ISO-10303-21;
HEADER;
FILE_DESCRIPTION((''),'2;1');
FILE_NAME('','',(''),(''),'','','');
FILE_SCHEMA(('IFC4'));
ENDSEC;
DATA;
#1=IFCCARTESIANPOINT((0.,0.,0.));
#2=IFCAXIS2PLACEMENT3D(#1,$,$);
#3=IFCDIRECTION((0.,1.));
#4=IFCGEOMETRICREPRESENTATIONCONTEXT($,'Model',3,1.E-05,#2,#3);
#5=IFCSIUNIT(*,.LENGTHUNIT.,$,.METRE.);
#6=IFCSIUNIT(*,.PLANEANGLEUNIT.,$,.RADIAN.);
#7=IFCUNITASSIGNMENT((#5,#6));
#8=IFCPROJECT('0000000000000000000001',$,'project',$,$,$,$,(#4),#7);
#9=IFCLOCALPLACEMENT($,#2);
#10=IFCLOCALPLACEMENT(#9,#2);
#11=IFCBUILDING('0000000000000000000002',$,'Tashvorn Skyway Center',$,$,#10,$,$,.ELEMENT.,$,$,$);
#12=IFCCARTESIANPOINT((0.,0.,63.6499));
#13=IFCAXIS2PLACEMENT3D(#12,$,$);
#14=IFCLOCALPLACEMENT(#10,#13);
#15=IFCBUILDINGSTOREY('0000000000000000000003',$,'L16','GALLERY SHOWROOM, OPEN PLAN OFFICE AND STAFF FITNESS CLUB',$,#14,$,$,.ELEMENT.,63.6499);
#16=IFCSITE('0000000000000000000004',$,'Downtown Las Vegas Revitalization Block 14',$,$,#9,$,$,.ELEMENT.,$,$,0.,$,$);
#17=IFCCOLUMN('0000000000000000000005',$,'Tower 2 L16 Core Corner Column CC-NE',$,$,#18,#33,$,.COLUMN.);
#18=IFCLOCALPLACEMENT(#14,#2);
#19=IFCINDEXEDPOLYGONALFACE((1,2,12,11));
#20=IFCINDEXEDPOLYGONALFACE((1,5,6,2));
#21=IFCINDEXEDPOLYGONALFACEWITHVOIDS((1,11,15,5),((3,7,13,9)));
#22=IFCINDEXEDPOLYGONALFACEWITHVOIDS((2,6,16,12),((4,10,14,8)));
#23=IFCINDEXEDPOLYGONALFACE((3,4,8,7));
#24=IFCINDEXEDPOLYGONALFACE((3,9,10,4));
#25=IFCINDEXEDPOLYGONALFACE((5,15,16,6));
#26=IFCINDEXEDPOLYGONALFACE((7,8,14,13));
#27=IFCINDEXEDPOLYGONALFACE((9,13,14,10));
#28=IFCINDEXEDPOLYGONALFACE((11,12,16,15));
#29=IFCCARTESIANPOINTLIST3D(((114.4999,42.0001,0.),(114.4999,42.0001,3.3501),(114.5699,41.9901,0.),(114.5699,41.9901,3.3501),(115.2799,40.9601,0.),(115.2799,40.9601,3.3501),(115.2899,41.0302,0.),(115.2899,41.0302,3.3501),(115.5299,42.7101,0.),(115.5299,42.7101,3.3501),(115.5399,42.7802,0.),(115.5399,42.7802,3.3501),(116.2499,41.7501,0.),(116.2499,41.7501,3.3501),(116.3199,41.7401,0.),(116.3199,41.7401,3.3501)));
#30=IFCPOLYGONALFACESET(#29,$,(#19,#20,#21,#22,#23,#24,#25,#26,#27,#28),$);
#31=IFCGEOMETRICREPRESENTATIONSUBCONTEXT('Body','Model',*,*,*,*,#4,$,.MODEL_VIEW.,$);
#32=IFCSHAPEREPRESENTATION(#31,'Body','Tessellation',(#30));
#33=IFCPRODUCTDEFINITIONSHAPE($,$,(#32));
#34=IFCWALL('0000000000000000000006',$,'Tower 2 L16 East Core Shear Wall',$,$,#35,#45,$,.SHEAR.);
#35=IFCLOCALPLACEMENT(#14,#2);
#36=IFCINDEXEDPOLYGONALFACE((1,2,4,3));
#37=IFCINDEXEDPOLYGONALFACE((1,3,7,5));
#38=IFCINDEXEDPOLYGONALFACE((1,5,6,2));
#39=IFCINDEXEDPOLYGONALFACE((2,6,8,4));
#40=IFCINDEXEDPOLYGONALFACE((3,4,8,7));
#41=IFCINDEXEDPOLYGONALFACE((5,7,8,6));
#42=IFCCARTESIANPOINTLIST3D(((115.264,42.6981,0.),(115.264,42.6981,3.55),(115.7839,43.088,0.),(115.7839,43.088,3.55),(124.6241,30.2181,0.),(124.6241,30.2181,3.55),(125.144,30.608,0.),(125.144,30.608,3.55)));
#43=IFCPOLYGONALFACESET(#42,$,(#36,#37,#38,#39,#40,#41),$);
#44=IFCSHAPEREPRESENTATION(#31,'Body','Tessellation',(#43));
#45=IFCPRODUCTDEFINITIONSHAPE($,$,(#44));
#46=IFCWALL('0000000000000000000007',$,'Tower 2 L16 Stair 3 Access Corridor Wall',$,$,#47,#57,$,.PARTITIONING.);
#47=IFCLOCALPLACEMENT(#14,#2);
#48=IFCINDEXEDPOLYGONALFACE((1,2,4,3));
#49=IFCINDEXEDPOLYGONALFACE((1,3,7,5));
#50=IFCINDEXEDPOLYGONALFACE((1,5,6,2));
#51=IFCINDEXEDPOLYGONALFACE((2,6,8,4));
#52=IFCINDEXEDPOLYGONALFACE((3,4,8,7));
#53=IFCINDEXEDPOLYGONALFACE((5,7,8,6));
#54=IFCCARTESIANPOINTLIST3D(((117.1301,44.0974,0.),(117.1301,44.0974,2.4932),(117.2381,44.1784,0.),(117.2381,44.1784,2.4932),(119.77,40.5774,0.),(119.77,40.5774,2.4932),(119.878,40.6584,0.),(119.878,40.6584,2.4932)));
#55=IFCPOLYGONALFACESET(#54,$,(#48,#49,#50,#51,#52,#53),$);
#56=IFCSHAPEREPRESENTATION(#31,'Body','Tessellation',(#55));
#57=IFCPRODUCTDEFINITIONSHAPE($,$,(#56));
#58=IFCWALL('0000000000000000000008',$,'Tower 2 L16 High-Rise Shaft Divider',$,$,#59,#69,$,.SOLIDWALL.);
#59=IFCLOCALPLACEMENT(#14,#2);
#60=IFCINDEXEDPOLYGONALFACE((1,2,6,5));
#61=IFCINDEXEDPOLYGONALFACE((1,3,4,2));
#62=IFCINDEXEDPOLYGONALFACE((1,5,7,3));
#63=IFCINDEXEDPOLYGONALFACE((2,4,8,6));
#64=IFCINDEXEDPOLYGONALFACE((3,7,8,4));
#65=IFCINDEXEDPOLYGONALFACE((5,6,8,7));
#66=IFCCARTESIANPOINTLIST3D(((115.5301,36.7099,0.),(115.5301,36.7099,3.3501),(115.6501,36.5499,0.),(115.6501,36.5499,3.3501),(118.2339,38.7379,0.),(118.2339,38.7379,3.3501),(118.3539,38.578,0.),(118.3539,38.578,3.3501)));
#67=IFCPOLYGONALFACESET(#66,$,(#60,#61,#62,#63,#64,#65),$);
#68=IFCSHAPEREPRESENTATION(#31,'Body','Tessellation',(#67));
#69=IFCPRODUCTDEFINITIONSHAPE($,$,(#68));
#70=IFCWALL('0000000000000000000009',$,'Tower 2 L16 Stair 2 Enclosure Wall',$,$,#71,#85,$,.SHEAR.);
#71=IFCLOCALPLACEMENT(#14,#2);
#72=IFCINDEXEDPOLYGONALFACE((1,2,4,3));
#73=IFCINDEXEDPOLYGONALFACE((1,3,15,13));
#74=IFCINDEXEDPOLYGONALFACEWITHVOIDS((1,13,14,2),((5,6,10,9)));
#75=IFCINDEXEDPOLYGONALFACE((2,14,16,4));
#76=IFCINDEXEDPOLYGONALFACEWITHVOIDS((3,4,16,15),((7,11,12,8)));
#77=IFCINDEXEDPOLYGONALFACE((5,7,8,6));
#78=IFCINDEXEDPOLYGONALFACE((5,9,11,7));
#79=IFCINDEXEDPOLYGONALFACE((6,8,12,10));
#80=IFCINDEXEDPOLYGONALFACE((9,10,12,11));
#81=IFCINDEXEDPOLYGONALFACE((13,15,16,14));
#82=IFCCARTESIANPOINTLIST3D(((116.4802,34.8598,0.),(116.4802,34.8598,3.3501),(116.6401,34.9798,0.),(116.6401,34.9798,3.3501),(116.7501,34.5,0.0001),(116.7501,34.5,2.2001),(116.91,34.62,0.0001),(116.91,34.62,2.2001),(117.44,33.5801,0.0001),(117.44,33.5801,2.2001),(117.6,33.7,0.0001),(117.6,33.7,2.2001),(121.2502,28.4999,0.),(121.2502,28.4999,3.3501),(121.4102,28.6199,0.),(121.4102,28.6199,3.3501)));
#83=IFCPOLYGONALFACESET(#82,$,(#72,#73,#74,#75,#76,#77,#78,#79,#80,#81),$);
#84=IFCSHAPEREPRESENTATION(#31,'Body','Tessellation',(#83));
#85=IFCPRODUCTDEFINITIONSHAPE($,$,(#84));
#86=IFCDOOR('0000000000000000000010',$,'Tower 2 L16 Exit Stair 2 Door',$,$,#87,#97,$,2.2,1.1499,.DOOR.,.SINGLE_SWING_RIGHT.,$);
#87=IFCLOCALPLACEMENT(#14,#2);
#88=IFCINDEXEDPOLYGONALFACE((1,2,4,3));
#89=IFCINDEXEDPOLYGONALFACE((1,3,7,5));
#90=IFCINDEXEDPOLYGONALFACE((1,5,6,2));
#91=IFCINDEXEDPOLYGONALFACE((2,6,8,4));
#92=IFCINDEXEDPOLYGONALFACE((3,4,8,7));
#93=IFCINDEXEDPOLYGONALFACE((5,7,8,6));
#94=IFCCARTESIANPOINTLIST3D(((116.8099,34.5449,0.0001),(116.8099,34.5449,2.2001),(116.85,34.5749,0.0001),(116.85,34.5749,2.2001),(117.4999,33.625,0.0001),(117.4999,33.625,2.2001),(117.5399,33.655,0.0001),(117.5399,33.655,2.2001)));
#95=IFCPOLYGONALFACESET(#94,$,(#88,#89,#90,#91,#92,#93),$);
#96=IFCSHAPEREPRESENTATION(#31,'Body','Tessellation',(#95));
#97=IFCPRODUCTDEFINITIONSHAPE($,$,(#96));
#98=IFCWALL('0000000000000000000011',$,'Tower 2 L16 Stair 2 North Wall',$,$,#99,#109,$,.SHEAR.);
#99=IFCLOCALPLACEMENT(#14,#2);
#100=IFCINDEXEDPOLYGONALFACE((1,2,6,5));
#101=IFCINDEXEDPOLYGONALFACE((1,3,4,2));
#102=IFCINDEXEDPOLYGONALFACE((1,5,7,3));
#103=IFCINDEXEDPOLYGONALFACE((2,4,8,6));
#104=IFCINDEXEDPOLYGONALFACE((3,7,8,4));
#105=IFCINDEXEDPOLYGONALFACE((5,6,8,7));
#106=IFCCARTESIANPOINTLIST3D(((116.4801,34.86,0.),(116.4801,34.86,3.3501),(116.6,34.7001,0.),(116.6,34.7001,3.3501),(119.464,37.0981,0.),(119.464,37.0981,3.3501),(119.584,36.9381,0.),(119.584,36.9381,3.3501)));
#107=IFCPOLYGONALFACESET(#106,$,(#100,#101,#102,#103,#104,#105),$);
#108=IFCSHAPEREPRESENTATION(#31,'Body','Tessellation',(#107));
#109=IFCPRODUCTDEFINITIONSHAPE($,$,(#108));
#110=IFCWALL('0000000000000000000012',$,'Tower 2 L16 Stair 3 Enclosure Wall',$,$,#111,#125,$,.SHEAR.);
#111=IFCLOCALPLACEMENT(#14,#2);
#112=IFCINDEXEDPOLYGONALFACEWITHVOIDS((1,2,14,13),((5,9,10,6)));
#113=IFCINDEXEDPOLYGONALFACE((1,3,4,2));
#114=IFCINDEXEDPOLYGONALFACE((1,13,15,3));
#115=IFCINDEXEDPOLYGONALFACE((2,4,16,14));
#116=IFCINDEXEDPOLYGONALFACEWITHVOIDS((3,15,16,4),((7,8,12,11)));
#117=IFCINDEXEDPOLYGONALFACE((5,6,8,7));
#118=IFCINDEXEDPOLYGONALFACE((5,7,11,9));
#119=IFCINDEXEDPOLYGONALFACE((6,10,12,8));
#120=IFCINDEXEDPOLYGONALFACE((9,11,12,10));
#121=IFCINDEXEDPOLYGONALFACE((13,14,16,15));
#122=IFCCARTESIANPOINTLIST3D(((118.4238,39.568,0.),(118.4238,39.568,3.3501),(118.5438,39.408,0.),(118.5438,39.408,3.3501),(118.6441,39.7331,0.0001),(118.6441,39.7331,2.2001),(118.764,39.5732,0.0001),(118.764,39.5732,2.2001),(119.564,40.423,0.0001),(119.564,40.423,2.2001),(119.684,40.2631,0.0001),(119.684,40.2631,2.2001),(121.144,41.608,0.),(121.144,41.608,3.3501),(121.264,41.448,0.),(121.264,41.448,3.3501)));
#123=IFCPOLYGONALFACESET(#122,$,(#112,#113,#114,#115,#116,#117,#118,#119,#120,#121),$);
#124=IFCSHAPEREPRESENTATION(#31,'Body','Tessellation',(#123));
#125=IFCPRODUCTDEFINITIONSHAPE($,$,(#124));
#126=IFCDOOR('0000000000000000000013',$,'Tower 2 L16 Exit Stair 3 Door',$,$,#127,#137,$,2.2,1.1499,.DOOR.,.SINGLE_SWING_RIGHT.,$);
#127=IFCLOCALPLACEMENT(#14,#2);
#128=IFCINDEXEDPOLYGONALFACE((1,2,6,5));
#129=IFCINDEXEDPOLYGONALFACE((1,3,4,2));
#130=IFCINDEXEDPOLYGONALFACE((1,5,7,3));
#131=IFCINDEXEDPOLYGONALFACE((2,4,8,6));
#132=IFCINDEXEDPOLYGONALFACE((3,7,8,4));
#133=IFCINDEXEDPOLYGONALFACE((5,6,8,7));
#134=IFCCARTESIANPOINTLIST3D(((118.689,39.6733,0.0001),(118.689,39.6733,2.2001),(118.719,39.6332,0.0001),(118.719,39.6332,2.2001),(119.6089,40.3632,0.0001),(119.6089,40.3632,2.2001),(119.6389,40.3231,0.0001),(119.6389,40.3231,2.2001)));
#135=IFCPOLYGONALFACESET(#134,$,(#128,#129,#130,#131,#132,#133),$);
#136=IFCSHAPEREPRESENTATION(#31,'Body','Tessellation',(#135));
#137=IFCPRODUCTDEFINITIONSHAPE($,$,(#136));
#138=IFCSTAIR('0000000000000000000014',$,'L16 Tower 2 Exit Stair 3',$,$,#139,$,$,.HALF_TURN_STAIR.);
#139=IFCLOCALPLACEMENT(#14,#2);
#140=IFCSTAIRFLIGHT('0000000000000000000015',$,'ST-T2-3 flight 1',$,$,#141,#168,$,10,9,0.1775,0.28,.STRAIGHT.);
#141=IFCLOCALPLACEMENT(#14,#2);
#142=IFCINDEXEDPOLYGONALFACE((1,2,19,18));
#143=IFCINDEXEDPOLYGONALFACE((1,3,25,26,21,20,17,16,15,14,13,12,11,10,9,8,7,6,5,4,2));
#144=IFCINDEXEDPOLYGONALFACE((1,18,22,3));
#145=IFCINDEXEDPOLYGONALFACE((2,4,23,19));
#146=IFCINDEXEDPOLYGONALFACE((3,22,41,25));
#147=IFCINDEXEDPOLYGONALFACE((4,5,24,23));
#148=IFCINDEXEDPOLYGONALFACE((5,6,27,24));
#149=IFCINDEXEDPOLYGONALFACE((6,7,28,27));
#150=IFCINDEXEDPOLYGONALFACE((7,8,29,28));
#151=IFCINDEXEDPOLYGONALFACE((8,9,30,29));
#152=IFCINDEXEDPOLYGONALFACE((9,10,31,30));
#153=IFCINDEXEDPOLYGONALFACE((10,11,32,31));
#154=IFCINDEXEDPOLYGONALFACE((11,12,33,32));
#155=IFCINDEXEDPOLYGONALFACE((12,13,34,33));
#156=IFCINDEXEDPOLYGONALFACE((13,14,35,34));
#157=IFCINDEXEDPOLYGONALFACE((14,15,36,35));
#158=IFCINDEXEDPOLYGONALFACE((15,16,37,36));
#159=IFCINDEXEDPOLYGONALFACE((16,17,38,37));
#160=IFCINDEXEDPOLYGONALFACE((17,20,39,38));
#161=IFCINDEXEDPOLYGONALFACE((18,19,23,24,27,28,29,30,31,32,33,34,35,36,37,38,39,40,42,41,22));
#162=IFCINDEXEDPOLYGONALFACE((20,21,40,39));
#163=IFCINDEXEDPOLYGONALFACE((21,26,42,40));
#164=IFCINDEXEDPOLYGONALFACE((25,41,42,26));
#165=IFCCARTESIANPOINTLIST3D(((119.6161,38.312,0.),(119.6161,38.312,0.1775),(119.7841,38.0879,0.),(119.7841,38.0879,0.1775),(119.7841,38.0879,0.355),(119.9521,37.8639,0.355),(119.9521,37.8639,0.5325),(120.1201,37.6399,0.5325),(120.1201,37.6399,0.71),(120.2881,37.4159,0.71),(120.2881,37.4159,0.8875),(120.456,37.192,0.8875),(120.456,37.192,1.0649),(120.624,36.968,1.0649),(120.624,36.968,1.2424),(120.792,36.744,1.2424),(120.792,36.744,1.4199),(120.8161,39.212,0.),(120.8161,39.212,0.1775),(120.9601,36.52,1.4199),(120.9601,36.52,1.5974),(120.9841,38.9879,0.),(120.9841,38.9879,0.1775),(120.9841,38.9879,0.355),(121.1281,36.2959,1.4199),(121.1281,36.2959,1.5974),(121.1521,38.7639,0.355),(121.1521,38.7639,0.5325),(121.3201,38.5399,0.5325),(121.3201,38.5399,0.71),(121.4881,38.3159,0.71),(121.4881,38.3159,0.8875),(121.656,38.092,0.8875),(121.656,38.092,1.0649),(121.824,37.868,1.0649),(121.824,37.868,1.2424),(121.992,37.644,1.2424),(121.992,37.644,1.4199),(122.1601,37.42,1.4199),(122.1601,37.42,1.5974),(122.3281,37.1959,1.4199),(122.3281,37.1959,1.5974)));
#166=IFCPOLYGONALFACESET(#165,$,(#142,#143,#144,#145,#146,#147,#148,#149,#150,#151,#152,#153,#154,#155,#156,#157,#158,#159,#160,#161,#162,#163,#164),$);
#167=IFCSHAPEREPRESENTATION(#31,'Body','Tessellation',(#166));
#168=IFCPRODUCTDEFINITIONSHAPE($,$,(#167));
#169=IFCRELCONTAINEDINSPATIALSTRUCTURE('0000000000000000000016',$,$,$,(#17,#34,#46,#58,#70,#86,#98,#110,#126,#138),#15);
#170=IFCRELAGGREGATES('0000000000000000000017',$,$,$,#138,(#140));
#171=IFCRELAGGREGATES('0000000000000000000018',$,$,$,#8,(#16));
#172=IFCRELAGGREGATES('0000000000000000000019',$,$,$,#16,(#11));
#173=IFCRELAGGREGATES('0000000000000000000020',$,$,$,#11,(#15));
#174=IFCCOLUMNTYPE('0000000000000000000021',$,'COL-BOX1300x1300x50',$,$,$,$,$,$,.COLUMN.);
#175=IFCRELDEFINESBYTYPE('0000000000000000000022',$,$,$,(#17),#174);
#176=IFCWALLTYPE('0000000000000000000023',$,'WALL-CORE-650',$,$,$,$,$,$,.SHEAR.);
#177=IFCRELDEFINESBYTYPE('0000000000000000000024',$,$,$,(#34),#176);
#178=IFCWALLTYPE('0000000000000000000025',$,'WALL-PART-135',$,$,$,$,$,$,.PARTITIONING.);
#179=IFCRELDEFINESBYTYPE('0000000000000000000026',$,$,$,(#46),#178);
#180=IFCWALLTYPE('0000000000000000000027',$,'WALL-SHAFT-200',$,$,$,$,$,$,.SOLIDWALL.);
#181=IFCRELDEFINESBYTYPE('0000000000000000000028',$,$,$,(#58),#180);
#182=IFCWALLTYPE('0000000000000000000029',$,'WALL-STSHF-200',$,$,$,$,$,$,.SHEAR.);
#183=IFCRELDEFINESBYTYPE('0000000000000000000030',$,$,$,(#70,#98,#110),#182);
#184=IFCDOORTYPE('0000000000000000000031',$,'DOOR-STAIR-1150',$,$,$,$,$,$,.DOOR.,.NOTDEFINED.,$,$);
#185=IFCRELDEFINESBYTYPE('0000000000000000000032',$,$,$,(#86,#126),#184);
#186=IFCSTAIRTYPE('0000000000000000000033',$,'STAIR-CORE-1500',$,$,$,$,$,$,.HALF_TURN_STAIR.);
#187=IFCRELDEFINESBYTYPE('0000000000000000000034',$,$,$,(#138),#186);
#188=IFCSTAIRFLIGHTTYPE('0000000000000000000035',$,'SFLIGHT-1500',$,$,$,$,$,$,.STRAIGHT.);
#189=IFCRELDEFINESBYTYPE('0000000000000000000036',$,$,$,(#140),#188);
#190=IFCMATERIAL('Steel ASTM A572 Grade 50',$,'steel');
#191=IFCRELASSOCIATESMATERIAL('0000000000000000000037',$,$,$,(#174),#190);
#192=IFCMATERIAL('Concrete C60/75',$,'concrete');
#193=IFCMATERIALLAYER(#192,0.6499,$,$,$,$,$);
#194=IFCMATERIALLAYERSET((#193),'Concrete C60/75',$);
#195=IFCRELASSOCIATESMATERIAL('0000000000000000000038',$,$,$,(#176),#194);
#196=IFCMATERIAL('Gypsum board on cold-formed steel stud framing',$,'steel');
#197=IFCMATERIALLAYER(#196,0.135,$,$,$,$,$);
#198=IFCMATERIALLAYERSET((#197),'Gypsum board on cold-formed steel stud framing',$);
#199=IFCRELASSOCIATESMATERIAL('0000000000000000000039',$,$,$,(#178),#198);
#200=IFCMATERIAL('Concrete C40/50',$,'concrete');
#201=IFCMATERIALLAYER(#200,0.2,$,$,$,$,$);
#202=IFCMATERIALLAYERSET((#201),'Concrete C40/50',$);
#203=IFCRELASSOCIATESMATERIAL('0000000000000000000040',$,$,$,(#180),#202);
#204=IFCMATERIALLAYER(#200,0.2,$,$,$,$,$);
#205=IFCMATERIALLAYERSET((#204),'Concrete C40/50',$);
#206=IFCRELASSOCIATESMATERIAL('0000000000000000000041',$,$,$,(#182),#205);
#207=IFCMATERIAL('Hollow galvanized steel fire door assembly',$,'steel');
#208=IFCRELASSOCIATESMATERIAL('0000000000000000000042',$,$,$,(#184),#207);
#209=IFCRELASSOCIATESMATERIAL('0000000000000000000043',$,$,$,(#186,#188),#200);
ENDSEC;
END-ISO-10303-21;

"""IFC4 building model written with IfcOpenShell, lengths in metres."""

from ifc_helpers import new_model, si_unit, direction, frame, frame_2d, origin, origin_2d, place, context, subcontext, project, spatial, polyline, rectangle, hollow_rectangle, outline, extrude, material, layer, layer_set, material_profile, profile_set, type_object, element, fill, aggregate, save


model = new_model("IFC4")

# Units and contexts
model_context = context("Model", 3, precision=1e-05, world=origin(), true_north=direction((0.0, 1.0)))
body_context = subcontext(model_context, "Body", "Model", "MODEL_VIEW")
ifc_project = project(units=[si_unit("LENGTHUNIT", "METRE"), si_unit("PLANEANGLEUNIT", "RADIAN")], contexts=[model_context])

# Site, building, storey
site_placement = place(None, origin())
site = spatial("IfcSite", under=ifc_project, at=site_placement, Name="Downtown Las Vegas Revitalization Block 14", CompositionType="ELEMENT", RefElevation=0.0)
building_placement = place(site_placement, origin())
building = spatial("IfcBuilding", under=site, at=building_placement, Name="Tashvorn Skyway Center", CompositionType="ELEMENT")
storey_placement = place(building_placement, frame((0.0, 0.0, 63.6499)))
storey = spatial("IfcBuildingStorey", under=building, at=storey_placement, Name="L16", Description="GALLERY SHOWROOM, OPEN PLAN OFFICE AND STAFF FITNESS CLUB", CompositionType="ELEMENT", Elevation=63.6499)

# Column
ifc_material_1 = material(Name="Steel ASTM A572 Grade 50", Category="steel")
ifc_material_profile = material_profile(ifc_material_1, hollow_rectangle(XDim=1.3, YDim=1.3, WallThickness=0.05, at=origin_2d()), Name="BOX1300x1300x50")
ifc_profile_set = profile_set([ifc_material_profile], Name="Steel ASTM A572 Grade 50")
column_type = type_object("IfcColumnType", Name="COL-BOX1300x1300x50", PredefinedType="COLUMN", material=ifc_profile_set)
column_placement = place(storey_placement, frame((115.4099, 41.8701, 0.0), z_axis=(0.0, 0.0, 1.0), x_axis=(0.8, 0.6, 0.0)))
element("IfcColumn", 1, at=column_placement, inside=storey, type_object=column_type, Name="Tower 2 L16 Core Corner Column CC-NE", PredefinedType="COLUMN", context=body_context, shape_type="SweptSolid", body=[
    extrude(hollow_rectangle(XDim=1.3, YDim=1.3, WallThickness=0.05, at=origin_2d()), origin(), (0.0, 0.0, 1.0), 3.3501),
])

# Walls
ifc_material_2 = material(Name="Concrete C60/75", Category="concrete")
ifc_layer_1 = layer(ifc_material_2, 0.6499)
ifc_layer_set_1 = layer_set([ifc_layer_1], Name="Concrete C60/75")
wall_type_1 = type_object("IfcWallType", Name="WALL-CORE-650", PredefinedType="SHEAR", material=ifc_layer_set_1)
wall_1_placement = place(storey_placement, frame((115.5239, 42.8931, 0.0), z_axis=(0.0, 0.0, 1.0), x_axis=(0.600005, -0.799996, 0.0)))
element("IfcWall", 2, at=wall_1_placement, inside=storey, type_object=wall_type_1, Name="Tower 2 L16 East Core Shear Wall", PredefinedType="SHEAR", context=body_context, shape_type="SweptSolid", body=[
    extrude(rectangle(XDim=15.6001, YDim=0.6499, at=frame_2d((7.8, 0.0))), origin(), (0.0, 0.0, 1.0), 3.55),
])
ifc_material_3 = material(Name="Gypsum board on cold-formed steel stud framing", Category="steel")
ifc_layer_2 = layer(ifc_material_3, 0.135)
ifc_layer_set_2 = layer_set([ifc_layer_2], Name="Gypsum board on cold-formed steel stud framing")
wall_type_2 = type_object("IfcWallType", Name="WALL-PART-135", PredefinedType="PARTITIONING", material=ifc_layer_set_2)
wall_2_placement = place(storey_placement, frame((119.824, 40.6179, 0.0), z_axis=(0.0, 0.0, 1.0), x_axis=(-0.599982, 0.800013, 0.0)))
element("IfcWall", 3, at=wall_2_placement, inside=storey, type_object=wall_type_2, Name="Tower 2 L16 Stair 3 Access Corridor Wall", PredefinedType="PARTITIONING", context=body_context, shape_type="SweptSolid", body=[
    extrude(rectangle(XDim=4.3999, YDim=0.135, at=frame_2d((2.2, 0.0))), origin(), (0.0, 0.0, 1.0), 2.4932),
])
ifc_material_4 = material(Name="Concrete C40/50", Category="concrete")
ifc_layer_3 = layer(ifc_material_4, 0.2)
ifc_layer_set_3 = layer_set([ifc_layer_3], Name="Concrete C40/50")
wall_type_3 = type_object("IfcWallType", Name="WALL-SHAFT-200", PredefinedType="SOLIDWALL", material=ifc_layer_set_3)
wall_3_placement = place(storey_placement, frame((115.5901, 36.6299, 0.0), z_axis=(0.0, 0.0, 1.0), x_axis=(0.799974, 0.600035, 0.0)))
element("IfcWall", 4, at=wall_3_placement, inside=storey, type_object=wall_type_3, Name="Tower 2 L16 High-Rise Shaft Divider", PredefinedType="SOLIDWALL", context=body_context, shape_type="SweptSolid", body=[
    extrude(rectangle(XDim=3.3799, YDim=0.2, at=frame_2d((1.6899, 0.0))), origin(), (0.0, 0.0, 1.0), 3.3501),
])

# Wall, opening, door
ifc_layer_4 = layer(ifc_material_4, 0.2)
ifc_layer_set_4 = layer_set([ifc_layer_4], Name="Concrete C40/50")
wall_type_4 = type_object("IfcWallType", Name="WALL-STSHF-200", PredefinedType="SHEAR", material=ifc_layer_set_4)
wall_4_placement = place(storey_placement, frame((116.5601, 34.9199, 0.0), z_axis=(0.0, 0.0, 1.0), x_axis=(0.60001, -0.799993, 0.0)))
wall_4 = element("IfcWall", 5, at=wall_4_placement, inside=storey, type_object=wall_type_4, Name="Tower 2 L16 Stair 2 Enclosure Wall", PredefinedType="SHEAR", context=body_context, shape_type="SweptSolid", body=[
    extrude(rectangle(XDim=7.95, YDim=0.2, at=frame_2d((3.9751, 0.0))), origin(), (0.0, 0.0, 1.0), 3.3501),
])
opening_1_placement = place(wall_4_placement, frame((0.45, 0.0, 0.0)))
opening_1 = element("IfcOpeningElement", 6, at=opening_1_placement, cuts=wall_4, PredefinedType="OPENING", context=body_context, shape_type="SweptSolid", body=[
    extrude(rectangle(XDim=1.1499, YDim=2.2, at=frame_2d((0.575, 1.1001))), frame((0.0, 0.1099, 0.0), z_axis=(0.0, -1.0, 0.0), x_axis=(1.0, 0.0, 0.0)), (0.0, 0.0, 1.0), 0.22),
])
ifc_material_5 = material(Name="Hollow galvanized steel fire door assembly", Category="steel")
door_type = type_object("IfcDoorType", Name="DOOR-STAIR-1150", OperationType="NOTDEFINED", PredefinedType="DOOR", material=ifc_material_5)
door_1_placement = place(opening_1_placement, origin())
door_1 = element("IfcDoor", 7, at=door_1_placement, inside=storey, type_object=door_type, Name="Tower 2 L16 Exit Stair 2 Door", OperationType="SINGLE_SWING_RIGHT", OverallHeight=2.2, OverallWidth=1.1499, PredefinedType="DOOR", context=body_context, shape_type="SweptSolid", body=[
    extrude(rectangle(XDim=1.1499, YDim=2.2, at=frame_2d((0.575, 1.1001))), frame((0.0, 0.0249, 0.0), z_axis=(0.0, -1.0, 0.0), x_axis=(1.0, 0.0, 0.0)), (0.0, 0.0, 1.0), 0.05),
])
fill(opening_1, door_1)

# Wall
wall_5_placement = place(storey_placement, frame((116.54, 34.78, 0.0), z_axis=(0.0, 0.0, 1.0), x_axis=(0.799984, 0.600021, 0.0)))
element("IfcWall", 8, at=wall_5_placement, inside=storey, type_object=wall_type_4, Name="Tower 2 L16 Stair 2 North Wall", PredefinedType="SHEAR", context=body_context, shape_type="SweptSolid", body=[
    extrude(rectangle(XDim=3.73, YDim=0.2, at=frame_2d((1.865, 0.0))), origin(), (0.0, 0.0, 1.0), 3.3501),
])

# Wall, opening, door
wall_6_placement = place(storey_placement, frame((121.2041, 41.5281, 0.0), z_axis=(0.0, 0.0, 1.0), x_axis=(-0.800017, -0.599977, 0.0)))
wall_6 = element("IfcWall", 9, at=wall_6_placement, inside=storey, type_object=wall_type_4, Name="Tower 2 L16 Stair 3 Enclosure Wall", PredefinedType="SHEAR", context=body_context, shape_type="SweptSolid", body=[
    extrude(rectangle(XDim=3.4001, YDim=0.2, at=frame_2d((1.7002, 0.0))), origin(), (0.0, 0.0, 1.0), 3.3501),
])
opening_2_placement = place(wall_6_placement, frame((1.9751, 0.0, 0.0)))
opening_2 = element("IfcOpeningElement", 10, at=opening_2_placement, cuts=wall_6, PredefinedType="OPENING", context=body_context, shape_type="SweptSolid", body=[
    extrude(rectangle(XDim=1.1499, YDim=2.2, at=frame_2d((0.575, 1.1001))), frame((0.0, 0.1099, 0.0), z_axis=(0.0, -1.0, 0.0), x_axis=(1.0, 0.0, 0.0)), (0.0, 0.0, 1.0), 0.22),
])
door_2_placement = place(opening_2_placement, origin())
door_2 = element("IfcDoor", 11, at=door_2_placement, inside=storey, type_object=door_type, Name="Tower 2 L16 Exit Stair 3 Door", OperationType="SINGLE_SWING_RIGHT", OverallHeight=2.2, OverallWidth=1.1499, PredefinedType="DOOR", context=body_context, shape_type="SweptSolid", body=[
    extrude(rectangle(XDim=1.1499, YDim=2.2, at=frame_2d((0.575, 1.1001))), frame((0.0, 0.0249, 0.0), z_axis=(0.0, -1.0, 0.0), x_axis=(1.0, 0.0, 0.0)), (0.0, 0.0, 1.0), 0.05),
])
fill(opening_2, door_2)

# Stair, stair flight
stair_type = type_object("IfcStairType", Name="STAIR-CORE-1500", PredefinedType="HALF_TURN_STAIR", material=ifc_material_4)
stair_placement = place(storey_placement, origin())
stair = element("IfcStair", 12, at=stair_placement, inside=storey, type_object=stair_type, Name="L16 Tower 2 Exit Stair 3", PredefinedType="HALF_TURN_STAIR")
stair_flight_type = type_object("IfcStairFlightType", Name="SFLIGHT-1500", PredefinedType="STRAIGHT", material=ifc_material_4)
stair_flight_1_placement = place(storey_placement, frame((120.2161, 38.762, 0.0), z_axis=(0.0, 0.0, 1.0), x_axis=(0.6, -0.8, 0.0)))
stair_flight_1 = element("IfcStairFlight", 13, at=stair_flight_1_placement, type_object=stair_flight_type, Name="ST-T2-3 flight 1", NumberOfRisers=10, NumberOfTreads=9, PredefinedType="STRAIGHT", RiserHeight=0.1775, TreadLength=0.28, context=body_context, shape_type="SweptSolid", body=[
    extrude(outline(polyline([(0.0, 0.0), (0.0, 0.1775), (0.28, 0.1775), (0.28, 0.355), (0.5601, 0.355), (0.5601, 0.5325), (0.8401, 0.5325), (0.8401, 0.71), (1.1201, 0.71), (1.1201, 0.8875), (1.3999, 0.8875), (1.3999, 1.0649), (1.6799, 1.0649), (1.6799, 1.2424), (1.96, 1.2424), (1.96, 1.4199), (2.24, 1.4199), (2.24, 1.5974), (2.52, 1.5974), (2.52, 1.7749), (2.52, 1.4199), (0.28, 0.0), (0.0, 0.0)])), frame((0.0, 0.75, 0.0), z_axis=(0.0, -1.0, 0.0), x_axis=(1.0, 0.0, 0.0)), (0.0, 0.0, 1.0), 1.5),
])
aggregate(stair, [stair_flight_1])

save(model, "model.ifc")
